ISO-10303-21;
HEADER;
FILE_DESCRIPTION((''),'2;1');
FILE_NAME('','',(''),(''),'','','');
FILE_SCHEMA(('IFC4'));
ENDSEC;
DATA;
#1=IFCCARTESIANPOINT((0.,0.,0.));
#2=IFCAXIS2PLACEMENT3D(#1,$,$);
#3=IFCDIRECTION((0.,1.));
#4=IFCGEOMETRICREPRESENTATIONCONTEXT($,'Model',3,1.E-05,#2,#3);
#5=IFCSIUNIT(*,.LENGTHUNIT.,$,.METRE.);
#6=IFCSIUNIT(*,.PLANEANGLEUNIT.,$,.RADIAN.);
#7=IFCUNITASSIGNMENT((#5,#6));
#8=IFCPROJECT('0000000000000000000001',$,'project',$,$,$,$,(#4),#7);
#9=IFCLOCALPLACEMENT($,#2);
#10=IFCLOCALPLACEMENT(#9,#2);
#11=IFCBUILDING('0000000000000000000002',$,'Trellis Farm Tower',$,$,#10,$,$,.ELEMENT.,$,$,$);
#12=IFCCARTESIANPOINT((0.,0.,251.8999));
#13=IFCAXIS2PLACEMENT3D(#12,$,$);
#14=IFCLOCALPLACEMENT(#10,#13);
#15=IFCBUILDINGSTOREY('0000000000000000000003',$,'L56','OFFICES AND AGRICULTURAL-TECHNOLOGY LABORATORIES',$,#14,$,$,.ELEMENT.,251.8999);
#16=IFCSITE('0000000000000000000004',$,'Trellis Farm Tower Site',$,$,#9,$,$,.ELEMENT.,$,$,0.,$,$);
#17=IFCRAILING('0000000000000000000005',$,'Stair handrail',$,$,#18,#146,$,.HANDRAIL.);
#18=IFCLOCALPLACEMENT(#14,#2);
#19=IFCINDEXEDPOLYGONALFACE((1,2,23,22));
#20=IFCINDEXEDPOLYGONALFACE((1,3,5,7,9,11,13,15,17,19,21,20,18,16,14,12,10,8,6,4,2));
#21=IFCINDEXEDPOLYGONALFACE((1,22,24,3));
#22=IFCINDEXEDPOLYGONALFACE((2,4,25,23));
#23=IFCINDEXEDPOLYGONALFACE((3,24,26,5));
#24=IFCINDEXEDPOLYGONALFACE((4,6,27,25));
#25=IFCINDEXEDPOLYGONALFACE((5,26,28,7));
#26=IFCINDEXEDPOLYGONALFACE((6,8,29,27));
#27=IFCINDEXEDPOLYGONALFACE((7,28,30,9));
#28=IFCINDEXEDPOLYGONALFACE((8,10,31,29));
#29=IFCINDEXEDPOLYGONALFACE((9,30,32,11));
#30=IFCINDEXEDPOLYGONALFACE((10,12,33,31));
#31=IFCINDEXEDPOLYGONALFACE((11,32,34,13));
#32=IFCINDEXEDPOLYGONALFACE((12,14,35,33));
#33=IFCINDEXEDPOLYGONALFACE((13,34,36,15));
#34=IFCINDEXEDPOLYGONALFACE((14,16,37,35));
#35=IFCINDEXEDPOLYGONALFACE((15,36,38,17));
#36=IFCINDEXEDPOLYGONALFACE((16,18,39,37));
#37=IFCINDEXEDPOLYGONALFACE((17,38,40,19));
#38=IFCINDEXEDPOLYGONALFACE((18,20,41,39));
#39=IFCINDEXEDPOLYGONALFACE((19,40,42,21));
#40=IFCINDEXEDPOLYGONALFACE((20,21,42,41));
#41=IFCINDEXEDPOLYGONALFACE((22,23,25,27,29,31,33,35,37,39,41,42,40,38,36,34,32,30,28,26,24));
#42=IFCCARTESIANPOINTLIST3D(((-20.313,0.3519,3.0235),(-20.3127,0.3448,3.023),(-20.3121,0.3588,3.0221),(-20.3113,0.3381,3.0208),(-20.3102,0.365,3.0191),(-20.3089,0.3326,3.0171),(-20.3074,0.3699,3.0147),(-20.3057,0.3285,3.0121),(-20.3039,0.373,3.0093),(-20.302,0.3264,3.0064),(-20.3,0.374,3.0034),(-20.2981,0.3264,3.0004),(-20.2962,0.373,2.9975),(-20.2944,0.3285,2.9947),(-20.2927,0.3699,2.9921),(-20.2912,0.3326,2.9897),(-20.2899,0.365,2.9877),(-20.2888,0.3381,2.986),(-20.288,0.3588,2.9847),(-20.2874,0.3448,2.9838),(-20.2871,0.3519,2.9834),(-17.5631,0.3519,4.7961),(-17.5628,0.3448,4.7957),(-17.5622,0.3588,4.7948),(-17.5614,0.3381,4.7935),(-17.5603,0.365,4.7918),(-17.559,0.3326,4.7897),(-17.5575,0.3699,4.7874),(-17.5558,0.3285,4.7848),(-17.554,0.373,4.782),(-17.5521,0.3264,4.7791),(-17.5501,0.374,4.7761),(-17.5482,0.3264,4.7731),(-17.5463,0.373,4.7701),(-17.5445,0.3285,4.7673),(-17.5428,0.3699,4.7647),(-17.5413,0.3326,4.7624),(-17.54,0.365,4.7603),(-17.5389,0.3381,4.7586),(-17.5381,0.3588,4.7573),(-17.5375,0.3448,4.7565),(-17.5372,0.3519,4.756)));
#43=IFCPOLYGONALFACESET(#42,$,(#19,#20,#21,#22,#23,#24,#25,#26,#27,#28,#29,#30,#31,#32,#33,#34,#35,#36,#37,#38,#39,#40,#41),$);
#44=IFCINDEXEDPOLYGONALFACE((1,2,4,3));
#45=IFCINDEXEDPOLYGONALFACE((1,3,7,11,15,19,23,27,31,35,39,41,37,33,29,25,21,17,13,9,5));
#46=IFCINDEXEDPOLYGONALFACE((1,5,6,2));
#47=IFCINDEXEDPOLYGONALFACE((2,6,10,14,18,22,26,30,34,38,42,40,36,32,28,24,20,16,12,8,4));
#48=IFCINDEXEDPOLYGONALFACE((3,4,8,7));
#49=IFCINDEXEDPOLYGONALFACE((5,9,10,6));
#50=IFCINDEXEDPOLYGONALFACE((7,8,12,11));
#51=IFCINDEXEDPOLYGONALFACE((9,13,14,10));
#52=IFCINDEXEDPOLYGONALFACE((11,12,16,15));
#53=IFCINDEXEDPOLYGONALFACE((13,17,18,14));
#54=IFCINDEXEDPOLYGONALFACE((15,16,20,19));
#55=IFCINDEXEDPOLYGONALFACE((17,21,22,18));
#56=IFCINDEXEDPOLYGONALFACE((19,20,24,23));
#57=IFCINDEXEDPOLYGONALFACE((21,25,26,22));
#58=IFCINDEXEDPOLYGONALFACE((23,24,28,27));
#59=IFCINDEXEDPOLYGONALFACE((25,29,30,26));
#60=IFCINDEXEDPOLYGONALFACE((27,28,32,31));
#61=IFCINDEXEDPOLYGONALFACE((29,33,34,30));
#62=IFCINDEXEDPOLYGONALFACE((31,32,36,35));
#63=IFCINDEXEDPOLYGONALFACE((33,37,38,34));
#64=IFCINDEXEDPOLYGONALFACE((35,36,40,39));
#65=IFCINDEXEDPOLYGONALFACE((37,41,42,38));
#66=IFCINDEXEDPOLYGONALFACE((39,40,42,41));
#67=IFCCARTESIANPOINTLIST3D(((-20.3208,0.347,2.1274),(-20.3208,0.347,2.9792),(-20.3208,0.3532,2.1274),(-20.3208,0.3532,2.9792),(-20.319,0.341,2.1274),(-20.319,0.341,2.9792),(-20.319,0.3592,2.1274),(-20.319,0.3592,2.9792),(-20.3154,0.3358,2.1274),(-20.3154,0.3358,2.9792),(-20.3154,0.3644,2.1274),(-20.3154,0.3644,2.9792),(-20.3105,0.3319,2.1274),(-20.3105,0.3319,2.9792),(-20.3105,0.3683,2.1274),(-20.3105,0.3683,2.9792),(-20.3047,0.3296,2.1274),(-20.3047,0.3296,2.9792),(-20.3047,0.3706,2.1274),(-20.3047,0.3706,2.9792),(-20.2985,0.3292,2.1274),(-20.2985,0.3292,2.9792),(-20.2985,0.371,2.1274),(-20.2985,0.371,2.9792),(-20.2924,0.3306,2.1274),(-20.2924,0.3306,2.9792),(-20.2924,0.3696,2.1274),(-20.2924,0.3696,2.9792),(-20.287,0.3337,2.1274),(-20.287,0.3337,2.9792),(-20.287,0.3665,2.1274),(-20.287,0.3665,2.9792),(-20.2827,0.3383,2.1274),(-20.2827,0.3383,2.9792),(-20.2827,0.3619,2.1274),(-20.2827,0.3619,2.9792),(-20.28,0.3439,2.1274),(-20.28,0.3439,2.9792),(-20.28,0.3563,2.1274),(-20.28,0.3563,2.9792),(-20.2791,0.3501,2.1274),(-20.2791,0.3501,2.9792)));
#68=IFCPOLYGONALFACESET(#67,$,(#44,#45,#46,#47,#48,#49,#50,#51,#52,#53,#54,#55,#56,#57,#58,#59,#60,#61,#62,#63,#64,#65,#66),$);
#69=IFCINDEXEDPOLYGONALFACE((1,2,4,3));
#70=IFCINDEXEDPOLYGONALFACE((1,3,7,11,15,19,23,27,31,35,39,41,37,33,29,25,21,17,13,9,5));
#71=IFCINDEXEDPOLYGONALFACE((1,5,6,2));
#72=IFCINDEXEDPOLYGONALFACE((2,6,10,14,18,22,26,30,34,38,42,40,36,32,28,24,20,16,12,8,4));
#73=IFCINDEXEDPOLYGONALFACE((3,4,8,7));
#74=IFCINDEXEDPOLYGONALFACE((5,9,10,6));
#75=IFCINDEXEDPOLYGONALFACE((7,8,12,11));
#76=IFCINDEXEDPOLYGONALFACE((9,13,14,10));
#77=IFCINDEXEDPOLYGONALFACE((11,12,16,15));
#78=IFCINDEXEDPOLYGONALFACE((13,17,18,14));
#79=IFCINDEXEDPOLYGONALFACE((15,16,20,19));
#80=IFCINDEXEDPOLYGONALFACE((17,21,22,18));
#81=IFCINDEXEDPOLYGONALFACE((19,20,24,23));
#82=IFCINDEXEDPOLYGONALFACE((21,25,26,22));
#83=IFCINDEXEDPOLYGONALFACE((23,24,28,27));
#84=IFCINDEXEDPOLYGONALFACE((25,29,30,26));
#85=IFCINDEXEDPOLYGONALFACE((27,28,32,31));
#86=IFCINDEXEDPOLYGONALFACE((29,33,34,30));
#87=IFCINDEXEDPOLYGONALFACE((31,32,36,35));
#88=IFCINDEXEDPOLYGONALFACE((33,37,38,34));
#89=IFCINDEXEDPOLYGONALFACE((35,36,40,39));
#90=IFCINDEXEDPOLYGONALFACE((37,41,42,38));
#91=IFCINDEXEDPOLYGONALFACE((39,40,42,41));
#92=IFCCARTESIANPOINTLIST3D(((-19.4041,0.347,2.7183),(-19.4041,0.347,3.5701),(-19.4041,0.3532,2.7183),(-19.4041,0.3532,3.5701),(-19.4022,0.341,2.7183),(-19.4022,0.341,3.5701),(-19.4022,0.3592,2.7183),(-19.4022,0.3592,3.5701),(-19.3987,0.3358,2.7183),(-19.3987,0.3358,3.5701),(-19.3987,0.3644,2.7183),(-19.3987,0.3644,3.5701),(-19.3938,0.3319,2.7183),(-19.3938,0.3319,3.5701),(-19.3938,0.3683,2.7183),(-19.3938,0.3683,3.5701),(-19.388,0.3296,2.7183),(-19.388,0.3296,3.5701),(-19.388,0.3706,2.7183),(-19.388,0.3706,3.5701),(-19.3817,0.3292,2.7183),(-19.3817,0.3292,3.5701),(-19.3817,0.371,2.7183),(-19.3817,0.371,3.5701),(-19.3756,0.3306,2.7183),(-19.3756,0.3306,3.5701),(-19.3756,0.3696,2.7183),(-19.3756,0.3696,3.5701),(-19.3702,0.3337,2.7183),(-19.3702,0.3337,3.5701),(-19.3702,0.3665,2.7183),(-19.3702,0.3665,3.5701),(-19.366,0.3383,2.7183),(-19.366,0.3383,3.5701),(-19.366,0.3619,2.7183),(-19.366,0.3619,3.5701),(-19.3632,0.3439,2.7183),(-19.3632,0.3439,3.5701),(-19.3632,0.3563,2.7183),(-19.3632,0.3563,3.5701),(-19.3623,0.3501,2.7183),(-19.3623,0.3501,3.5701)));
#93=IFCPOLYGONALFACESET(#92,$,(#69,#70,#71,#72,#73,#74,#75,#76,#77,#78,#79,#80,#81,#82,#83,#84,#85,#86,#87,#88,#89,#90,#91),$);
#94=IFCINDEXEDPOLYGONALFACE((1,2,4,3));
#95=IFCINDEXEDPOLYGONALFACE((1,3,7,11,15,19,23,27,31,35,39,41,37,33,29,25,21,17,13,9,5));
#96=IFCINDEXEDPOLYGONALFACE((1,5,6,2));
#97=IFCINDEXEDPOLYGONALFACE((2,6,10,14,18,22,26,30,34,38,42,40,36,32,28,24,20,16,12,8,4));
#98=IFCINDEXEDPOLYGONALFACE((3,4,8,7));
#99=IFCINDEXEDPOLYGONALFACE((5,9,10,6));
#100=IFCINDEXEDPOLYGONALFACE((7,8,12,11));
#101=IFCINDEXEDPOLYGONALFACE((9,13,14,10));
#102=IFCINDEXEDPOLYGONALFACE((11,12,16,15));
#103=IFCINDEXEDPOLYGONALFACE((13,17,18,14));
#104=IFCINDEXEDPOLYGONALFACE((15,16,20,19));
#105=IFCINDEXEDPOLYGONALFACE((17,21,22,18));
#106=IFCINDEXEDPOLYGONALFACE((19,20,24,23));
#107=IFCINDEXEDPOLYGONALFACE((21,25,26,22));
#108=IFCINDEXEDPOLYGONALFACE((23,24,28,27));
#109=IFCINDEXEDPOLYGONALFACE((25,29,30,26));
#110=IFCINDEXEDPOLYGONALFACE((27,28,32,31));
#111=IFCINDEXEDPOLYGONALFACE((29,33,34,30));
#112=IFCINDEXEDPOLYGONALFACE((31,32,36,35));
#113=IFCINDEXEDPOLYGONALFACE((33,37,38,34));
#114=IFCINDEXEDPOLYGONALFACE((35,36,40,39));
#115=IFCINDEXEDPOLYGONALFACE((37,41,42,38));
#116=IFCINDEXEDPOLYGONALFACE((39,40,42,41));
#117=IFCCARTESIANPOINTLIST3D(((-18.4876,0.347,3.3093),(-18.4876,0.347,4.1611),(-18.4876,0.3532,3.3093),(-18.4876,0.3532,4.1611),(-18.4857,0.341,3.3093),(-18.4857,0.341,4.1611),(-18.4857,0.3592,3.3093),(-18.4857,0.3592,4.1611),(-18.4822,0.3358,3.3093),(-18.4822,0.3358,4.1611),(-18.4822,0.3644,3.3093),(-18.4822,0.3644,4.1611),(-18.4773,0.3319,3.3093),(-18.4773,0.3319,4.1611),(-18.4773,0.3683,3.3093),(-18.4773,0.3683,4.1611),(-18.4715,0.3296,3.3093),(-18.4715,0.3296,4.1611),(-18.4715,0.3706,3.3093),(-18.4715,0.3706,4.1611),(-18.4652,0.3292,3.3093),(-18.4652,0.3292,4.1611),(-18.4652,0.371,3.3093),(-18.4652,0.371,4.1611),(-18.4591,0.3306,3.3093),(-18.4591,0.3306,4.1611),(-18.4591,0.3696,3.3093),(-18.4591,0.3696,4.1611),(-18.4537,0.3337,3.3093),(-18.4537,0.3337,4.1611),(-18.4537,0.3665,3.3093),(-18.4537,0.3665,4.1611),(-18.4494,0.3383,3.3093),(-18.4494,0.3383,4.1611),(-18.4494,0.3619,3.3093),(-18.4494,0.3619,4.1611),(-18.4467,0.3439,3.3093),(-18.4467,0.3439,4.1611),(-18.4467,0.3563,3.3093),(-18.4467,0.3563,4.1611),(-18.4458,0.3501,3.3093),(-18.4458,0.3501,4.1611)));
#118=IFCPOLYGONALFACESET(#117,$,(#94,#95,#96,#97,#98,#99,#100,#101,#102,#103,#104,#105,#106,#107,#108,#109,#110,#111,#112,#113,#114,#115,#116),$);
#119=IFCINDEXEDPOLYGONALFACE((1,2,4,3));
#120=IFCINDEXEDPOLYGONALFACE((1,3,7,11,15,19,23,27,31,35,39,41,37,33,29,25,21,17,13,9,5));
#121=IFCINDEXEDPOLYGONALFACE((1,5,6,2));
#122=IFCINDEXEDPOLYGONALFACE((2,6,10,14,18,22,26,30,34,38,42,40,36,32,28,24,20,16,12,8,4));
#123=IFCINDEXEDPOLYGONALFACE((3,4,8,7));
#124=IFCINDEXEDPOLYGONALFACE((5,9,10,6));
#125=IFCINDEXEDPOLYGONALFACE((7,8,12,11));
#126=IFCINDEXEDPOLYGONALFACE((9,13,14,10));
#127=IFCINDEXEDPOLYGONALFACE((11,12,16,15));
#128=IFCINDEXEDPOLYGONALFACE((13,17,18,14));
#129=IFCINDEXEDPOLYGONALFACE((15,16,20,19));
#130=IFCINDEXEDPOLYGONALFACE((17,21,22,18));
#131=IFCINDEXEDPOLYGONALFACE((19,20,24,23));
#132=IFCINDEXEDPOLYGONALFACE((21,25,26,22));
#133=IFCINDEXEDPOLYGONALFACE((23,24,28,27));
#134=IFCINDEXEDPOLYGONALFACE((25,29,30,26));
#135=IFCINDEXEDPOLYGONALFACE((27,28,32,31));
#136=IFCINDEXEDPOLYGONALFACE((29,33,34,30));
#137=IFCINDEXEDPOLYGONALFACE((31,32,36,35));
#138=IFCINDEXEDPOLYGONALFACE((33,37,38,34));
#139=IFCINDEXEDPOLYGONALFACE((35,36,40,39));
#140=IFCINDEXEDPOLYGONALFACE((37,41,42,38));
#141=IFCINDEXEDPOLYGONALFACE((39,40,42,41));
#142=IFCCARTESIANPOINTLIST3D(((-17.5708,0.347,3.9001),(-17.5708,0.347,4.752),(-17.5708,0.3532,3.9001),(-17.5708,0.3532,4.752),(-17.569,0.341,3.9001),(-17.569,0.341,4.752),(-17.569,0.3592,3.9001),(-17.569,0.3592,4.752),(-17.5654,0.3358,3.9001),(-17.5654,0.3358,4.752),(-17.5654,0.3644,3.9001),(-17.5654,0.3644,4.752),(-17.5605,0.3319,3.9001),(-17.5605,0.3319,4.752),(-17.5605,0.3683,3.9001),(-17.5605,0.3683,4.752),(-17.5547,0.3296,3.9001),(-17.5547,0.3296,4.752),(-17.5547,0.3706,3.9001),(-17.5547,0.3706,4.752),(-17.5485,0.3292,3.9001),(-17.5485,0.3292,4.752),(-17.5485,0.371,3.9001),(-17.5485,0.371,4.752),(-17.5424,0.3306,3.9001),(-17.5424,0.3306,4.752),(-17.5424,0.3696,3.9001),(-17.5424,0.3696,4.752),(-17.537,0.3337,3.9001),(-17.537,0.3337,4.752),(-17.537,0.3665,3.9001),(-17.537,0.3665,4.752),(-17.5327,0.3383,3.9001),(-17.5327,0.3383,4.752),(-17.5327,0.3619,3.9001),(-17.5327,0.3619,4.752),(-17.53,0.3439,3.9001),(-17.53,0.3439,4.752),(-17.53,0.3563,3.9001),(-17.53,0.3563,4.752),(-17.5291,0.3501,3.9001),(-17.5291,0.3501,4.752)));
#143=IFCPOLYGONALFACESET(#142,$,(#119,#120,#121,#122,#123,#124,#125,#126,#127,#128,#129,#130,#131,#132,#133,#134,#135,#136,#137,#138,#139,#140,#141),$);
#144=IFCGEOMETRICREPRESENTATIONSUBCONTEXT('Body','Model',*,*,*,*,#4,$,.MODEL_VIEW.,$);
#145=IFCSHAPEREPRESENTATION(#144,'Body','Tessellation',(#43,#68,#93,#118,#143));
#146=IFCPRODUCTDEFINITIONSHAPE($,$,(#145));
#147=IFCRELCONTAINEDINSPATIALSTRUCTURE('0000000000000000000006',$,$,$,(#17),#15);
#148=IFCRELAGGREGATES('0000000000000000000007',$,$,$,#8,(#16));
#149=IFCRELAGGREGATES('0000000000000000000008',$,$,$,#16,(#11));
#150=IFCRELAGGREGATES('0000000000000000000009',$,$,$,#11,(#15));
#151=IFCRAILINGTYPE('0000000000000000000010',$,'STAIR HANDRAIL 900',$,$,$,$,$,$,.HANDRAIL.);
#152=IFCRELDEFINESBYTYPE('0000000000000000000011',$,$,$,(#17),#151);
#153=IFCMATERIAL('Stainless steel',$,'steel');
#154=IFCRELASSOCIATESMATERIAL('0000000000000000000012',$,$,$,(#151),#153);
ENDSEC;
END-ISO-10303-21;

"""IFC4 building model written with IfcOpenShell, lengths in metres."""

from ifc_helpers import new_model, si_unit, direction, frame, origin, origin_2d, place, context, subcontext, project, spatial, circle, extrude, source, transform, mapped, material, type_object, element, save


model = new_model("IFC4")

# Units and contexts
model_context = context("Model", 3, precision=1e-05, world=origin(), true_north=direction((0.0, 1.0)))
body_context = subcontext(model_context, "Body", "Model", "MODEL_VIEW")
ifc_project = project(units=[si_unit("LENGTHUNIT", "METRE"), si_unit("PLANEANGLEUNIT", "RADIAN")], contexts=[model_context])

# Site, building, storey
site_placement = place(None, origin())
site = spatial("IfcSite", under=ifc_project, at=site_placement, Name="Trellis Farm Tower Site", CompositionType="ELEMENT", RefElevation=0.0)
building_placement = place(site_placement, origin())
building = spatial("IfcBuilding", under=site, at=building_placement, Name="Trellis Farm Tower", CompositionType="ELEMENT")
storey_placement = place(building_placement, frame((0.0, 0.0, 251.8999)))
storey = spatial("IfcBuildingStorey", under=building, at=storey_placement, Name="L56", Description="OFFICES AND AGRICULTURAL-TECHNOLOGY LABORATORIES", CompositionType="ELEMENT", Elevation=251.8999)

# Railing
ifc_material_1 = material(Name="Stainless steel", Category="steel")
railing_type = type_object("IfcRailingType", Name="STAIR HANDRAIL 900", PredefinedType="HANDRAIL", material=ifc_material_1)
shared_shape_1 = source(origin(), body_context, "Body", "SweptSolid", [
    extrude(circle(Radius=0.0239, at=origin_2d()), frame((0.0, 0.0, 0.876), z_axis=(0.840504, 0.0, 0.541806), x_axis=(0.0, 1.0, 0.0)), (0.0, 0.0, 1.0), 3.2717),
    extrude(circle(Radius=0.021, at=origin_2d()), origin(), (0.0, 0.0, 1.0), 0.8518),
    extrude(circle(Radius=0.021, at=origin_2d()), frame((0.9167, 0.0, 0.5908)), (0.0, 0.0, 1.0), 0.8518),
    extrude(circle(Radius=0.021, at=origin_2d()), frame((1.8333, 0.0, 1.1819)), (0.0, 0.0, 1.0), 0.8518),
    extrude(circle(Radius=0.021, at=origin_2d()), frame((2.75, 0.0, 1.7727)), (0.0, 0.0, 1.0), 0.8518),
])
for number, where, name in (
    (1, (-20.3, 0.3501, 2.1274), "Stair handrail"),
):
    element("IfcRailing", number, at=place(storey_placement, frame(where)), inside=storey, type_object=railing_type, Name=name, PredefinedType="HANDRAIL", context=body_context, shape_type="MappedRepresentation", body=[
        mapped(shared_shape_1, transform((0.0, 0.0, 0.0))),
    ])

save(model, "model.ifc")
